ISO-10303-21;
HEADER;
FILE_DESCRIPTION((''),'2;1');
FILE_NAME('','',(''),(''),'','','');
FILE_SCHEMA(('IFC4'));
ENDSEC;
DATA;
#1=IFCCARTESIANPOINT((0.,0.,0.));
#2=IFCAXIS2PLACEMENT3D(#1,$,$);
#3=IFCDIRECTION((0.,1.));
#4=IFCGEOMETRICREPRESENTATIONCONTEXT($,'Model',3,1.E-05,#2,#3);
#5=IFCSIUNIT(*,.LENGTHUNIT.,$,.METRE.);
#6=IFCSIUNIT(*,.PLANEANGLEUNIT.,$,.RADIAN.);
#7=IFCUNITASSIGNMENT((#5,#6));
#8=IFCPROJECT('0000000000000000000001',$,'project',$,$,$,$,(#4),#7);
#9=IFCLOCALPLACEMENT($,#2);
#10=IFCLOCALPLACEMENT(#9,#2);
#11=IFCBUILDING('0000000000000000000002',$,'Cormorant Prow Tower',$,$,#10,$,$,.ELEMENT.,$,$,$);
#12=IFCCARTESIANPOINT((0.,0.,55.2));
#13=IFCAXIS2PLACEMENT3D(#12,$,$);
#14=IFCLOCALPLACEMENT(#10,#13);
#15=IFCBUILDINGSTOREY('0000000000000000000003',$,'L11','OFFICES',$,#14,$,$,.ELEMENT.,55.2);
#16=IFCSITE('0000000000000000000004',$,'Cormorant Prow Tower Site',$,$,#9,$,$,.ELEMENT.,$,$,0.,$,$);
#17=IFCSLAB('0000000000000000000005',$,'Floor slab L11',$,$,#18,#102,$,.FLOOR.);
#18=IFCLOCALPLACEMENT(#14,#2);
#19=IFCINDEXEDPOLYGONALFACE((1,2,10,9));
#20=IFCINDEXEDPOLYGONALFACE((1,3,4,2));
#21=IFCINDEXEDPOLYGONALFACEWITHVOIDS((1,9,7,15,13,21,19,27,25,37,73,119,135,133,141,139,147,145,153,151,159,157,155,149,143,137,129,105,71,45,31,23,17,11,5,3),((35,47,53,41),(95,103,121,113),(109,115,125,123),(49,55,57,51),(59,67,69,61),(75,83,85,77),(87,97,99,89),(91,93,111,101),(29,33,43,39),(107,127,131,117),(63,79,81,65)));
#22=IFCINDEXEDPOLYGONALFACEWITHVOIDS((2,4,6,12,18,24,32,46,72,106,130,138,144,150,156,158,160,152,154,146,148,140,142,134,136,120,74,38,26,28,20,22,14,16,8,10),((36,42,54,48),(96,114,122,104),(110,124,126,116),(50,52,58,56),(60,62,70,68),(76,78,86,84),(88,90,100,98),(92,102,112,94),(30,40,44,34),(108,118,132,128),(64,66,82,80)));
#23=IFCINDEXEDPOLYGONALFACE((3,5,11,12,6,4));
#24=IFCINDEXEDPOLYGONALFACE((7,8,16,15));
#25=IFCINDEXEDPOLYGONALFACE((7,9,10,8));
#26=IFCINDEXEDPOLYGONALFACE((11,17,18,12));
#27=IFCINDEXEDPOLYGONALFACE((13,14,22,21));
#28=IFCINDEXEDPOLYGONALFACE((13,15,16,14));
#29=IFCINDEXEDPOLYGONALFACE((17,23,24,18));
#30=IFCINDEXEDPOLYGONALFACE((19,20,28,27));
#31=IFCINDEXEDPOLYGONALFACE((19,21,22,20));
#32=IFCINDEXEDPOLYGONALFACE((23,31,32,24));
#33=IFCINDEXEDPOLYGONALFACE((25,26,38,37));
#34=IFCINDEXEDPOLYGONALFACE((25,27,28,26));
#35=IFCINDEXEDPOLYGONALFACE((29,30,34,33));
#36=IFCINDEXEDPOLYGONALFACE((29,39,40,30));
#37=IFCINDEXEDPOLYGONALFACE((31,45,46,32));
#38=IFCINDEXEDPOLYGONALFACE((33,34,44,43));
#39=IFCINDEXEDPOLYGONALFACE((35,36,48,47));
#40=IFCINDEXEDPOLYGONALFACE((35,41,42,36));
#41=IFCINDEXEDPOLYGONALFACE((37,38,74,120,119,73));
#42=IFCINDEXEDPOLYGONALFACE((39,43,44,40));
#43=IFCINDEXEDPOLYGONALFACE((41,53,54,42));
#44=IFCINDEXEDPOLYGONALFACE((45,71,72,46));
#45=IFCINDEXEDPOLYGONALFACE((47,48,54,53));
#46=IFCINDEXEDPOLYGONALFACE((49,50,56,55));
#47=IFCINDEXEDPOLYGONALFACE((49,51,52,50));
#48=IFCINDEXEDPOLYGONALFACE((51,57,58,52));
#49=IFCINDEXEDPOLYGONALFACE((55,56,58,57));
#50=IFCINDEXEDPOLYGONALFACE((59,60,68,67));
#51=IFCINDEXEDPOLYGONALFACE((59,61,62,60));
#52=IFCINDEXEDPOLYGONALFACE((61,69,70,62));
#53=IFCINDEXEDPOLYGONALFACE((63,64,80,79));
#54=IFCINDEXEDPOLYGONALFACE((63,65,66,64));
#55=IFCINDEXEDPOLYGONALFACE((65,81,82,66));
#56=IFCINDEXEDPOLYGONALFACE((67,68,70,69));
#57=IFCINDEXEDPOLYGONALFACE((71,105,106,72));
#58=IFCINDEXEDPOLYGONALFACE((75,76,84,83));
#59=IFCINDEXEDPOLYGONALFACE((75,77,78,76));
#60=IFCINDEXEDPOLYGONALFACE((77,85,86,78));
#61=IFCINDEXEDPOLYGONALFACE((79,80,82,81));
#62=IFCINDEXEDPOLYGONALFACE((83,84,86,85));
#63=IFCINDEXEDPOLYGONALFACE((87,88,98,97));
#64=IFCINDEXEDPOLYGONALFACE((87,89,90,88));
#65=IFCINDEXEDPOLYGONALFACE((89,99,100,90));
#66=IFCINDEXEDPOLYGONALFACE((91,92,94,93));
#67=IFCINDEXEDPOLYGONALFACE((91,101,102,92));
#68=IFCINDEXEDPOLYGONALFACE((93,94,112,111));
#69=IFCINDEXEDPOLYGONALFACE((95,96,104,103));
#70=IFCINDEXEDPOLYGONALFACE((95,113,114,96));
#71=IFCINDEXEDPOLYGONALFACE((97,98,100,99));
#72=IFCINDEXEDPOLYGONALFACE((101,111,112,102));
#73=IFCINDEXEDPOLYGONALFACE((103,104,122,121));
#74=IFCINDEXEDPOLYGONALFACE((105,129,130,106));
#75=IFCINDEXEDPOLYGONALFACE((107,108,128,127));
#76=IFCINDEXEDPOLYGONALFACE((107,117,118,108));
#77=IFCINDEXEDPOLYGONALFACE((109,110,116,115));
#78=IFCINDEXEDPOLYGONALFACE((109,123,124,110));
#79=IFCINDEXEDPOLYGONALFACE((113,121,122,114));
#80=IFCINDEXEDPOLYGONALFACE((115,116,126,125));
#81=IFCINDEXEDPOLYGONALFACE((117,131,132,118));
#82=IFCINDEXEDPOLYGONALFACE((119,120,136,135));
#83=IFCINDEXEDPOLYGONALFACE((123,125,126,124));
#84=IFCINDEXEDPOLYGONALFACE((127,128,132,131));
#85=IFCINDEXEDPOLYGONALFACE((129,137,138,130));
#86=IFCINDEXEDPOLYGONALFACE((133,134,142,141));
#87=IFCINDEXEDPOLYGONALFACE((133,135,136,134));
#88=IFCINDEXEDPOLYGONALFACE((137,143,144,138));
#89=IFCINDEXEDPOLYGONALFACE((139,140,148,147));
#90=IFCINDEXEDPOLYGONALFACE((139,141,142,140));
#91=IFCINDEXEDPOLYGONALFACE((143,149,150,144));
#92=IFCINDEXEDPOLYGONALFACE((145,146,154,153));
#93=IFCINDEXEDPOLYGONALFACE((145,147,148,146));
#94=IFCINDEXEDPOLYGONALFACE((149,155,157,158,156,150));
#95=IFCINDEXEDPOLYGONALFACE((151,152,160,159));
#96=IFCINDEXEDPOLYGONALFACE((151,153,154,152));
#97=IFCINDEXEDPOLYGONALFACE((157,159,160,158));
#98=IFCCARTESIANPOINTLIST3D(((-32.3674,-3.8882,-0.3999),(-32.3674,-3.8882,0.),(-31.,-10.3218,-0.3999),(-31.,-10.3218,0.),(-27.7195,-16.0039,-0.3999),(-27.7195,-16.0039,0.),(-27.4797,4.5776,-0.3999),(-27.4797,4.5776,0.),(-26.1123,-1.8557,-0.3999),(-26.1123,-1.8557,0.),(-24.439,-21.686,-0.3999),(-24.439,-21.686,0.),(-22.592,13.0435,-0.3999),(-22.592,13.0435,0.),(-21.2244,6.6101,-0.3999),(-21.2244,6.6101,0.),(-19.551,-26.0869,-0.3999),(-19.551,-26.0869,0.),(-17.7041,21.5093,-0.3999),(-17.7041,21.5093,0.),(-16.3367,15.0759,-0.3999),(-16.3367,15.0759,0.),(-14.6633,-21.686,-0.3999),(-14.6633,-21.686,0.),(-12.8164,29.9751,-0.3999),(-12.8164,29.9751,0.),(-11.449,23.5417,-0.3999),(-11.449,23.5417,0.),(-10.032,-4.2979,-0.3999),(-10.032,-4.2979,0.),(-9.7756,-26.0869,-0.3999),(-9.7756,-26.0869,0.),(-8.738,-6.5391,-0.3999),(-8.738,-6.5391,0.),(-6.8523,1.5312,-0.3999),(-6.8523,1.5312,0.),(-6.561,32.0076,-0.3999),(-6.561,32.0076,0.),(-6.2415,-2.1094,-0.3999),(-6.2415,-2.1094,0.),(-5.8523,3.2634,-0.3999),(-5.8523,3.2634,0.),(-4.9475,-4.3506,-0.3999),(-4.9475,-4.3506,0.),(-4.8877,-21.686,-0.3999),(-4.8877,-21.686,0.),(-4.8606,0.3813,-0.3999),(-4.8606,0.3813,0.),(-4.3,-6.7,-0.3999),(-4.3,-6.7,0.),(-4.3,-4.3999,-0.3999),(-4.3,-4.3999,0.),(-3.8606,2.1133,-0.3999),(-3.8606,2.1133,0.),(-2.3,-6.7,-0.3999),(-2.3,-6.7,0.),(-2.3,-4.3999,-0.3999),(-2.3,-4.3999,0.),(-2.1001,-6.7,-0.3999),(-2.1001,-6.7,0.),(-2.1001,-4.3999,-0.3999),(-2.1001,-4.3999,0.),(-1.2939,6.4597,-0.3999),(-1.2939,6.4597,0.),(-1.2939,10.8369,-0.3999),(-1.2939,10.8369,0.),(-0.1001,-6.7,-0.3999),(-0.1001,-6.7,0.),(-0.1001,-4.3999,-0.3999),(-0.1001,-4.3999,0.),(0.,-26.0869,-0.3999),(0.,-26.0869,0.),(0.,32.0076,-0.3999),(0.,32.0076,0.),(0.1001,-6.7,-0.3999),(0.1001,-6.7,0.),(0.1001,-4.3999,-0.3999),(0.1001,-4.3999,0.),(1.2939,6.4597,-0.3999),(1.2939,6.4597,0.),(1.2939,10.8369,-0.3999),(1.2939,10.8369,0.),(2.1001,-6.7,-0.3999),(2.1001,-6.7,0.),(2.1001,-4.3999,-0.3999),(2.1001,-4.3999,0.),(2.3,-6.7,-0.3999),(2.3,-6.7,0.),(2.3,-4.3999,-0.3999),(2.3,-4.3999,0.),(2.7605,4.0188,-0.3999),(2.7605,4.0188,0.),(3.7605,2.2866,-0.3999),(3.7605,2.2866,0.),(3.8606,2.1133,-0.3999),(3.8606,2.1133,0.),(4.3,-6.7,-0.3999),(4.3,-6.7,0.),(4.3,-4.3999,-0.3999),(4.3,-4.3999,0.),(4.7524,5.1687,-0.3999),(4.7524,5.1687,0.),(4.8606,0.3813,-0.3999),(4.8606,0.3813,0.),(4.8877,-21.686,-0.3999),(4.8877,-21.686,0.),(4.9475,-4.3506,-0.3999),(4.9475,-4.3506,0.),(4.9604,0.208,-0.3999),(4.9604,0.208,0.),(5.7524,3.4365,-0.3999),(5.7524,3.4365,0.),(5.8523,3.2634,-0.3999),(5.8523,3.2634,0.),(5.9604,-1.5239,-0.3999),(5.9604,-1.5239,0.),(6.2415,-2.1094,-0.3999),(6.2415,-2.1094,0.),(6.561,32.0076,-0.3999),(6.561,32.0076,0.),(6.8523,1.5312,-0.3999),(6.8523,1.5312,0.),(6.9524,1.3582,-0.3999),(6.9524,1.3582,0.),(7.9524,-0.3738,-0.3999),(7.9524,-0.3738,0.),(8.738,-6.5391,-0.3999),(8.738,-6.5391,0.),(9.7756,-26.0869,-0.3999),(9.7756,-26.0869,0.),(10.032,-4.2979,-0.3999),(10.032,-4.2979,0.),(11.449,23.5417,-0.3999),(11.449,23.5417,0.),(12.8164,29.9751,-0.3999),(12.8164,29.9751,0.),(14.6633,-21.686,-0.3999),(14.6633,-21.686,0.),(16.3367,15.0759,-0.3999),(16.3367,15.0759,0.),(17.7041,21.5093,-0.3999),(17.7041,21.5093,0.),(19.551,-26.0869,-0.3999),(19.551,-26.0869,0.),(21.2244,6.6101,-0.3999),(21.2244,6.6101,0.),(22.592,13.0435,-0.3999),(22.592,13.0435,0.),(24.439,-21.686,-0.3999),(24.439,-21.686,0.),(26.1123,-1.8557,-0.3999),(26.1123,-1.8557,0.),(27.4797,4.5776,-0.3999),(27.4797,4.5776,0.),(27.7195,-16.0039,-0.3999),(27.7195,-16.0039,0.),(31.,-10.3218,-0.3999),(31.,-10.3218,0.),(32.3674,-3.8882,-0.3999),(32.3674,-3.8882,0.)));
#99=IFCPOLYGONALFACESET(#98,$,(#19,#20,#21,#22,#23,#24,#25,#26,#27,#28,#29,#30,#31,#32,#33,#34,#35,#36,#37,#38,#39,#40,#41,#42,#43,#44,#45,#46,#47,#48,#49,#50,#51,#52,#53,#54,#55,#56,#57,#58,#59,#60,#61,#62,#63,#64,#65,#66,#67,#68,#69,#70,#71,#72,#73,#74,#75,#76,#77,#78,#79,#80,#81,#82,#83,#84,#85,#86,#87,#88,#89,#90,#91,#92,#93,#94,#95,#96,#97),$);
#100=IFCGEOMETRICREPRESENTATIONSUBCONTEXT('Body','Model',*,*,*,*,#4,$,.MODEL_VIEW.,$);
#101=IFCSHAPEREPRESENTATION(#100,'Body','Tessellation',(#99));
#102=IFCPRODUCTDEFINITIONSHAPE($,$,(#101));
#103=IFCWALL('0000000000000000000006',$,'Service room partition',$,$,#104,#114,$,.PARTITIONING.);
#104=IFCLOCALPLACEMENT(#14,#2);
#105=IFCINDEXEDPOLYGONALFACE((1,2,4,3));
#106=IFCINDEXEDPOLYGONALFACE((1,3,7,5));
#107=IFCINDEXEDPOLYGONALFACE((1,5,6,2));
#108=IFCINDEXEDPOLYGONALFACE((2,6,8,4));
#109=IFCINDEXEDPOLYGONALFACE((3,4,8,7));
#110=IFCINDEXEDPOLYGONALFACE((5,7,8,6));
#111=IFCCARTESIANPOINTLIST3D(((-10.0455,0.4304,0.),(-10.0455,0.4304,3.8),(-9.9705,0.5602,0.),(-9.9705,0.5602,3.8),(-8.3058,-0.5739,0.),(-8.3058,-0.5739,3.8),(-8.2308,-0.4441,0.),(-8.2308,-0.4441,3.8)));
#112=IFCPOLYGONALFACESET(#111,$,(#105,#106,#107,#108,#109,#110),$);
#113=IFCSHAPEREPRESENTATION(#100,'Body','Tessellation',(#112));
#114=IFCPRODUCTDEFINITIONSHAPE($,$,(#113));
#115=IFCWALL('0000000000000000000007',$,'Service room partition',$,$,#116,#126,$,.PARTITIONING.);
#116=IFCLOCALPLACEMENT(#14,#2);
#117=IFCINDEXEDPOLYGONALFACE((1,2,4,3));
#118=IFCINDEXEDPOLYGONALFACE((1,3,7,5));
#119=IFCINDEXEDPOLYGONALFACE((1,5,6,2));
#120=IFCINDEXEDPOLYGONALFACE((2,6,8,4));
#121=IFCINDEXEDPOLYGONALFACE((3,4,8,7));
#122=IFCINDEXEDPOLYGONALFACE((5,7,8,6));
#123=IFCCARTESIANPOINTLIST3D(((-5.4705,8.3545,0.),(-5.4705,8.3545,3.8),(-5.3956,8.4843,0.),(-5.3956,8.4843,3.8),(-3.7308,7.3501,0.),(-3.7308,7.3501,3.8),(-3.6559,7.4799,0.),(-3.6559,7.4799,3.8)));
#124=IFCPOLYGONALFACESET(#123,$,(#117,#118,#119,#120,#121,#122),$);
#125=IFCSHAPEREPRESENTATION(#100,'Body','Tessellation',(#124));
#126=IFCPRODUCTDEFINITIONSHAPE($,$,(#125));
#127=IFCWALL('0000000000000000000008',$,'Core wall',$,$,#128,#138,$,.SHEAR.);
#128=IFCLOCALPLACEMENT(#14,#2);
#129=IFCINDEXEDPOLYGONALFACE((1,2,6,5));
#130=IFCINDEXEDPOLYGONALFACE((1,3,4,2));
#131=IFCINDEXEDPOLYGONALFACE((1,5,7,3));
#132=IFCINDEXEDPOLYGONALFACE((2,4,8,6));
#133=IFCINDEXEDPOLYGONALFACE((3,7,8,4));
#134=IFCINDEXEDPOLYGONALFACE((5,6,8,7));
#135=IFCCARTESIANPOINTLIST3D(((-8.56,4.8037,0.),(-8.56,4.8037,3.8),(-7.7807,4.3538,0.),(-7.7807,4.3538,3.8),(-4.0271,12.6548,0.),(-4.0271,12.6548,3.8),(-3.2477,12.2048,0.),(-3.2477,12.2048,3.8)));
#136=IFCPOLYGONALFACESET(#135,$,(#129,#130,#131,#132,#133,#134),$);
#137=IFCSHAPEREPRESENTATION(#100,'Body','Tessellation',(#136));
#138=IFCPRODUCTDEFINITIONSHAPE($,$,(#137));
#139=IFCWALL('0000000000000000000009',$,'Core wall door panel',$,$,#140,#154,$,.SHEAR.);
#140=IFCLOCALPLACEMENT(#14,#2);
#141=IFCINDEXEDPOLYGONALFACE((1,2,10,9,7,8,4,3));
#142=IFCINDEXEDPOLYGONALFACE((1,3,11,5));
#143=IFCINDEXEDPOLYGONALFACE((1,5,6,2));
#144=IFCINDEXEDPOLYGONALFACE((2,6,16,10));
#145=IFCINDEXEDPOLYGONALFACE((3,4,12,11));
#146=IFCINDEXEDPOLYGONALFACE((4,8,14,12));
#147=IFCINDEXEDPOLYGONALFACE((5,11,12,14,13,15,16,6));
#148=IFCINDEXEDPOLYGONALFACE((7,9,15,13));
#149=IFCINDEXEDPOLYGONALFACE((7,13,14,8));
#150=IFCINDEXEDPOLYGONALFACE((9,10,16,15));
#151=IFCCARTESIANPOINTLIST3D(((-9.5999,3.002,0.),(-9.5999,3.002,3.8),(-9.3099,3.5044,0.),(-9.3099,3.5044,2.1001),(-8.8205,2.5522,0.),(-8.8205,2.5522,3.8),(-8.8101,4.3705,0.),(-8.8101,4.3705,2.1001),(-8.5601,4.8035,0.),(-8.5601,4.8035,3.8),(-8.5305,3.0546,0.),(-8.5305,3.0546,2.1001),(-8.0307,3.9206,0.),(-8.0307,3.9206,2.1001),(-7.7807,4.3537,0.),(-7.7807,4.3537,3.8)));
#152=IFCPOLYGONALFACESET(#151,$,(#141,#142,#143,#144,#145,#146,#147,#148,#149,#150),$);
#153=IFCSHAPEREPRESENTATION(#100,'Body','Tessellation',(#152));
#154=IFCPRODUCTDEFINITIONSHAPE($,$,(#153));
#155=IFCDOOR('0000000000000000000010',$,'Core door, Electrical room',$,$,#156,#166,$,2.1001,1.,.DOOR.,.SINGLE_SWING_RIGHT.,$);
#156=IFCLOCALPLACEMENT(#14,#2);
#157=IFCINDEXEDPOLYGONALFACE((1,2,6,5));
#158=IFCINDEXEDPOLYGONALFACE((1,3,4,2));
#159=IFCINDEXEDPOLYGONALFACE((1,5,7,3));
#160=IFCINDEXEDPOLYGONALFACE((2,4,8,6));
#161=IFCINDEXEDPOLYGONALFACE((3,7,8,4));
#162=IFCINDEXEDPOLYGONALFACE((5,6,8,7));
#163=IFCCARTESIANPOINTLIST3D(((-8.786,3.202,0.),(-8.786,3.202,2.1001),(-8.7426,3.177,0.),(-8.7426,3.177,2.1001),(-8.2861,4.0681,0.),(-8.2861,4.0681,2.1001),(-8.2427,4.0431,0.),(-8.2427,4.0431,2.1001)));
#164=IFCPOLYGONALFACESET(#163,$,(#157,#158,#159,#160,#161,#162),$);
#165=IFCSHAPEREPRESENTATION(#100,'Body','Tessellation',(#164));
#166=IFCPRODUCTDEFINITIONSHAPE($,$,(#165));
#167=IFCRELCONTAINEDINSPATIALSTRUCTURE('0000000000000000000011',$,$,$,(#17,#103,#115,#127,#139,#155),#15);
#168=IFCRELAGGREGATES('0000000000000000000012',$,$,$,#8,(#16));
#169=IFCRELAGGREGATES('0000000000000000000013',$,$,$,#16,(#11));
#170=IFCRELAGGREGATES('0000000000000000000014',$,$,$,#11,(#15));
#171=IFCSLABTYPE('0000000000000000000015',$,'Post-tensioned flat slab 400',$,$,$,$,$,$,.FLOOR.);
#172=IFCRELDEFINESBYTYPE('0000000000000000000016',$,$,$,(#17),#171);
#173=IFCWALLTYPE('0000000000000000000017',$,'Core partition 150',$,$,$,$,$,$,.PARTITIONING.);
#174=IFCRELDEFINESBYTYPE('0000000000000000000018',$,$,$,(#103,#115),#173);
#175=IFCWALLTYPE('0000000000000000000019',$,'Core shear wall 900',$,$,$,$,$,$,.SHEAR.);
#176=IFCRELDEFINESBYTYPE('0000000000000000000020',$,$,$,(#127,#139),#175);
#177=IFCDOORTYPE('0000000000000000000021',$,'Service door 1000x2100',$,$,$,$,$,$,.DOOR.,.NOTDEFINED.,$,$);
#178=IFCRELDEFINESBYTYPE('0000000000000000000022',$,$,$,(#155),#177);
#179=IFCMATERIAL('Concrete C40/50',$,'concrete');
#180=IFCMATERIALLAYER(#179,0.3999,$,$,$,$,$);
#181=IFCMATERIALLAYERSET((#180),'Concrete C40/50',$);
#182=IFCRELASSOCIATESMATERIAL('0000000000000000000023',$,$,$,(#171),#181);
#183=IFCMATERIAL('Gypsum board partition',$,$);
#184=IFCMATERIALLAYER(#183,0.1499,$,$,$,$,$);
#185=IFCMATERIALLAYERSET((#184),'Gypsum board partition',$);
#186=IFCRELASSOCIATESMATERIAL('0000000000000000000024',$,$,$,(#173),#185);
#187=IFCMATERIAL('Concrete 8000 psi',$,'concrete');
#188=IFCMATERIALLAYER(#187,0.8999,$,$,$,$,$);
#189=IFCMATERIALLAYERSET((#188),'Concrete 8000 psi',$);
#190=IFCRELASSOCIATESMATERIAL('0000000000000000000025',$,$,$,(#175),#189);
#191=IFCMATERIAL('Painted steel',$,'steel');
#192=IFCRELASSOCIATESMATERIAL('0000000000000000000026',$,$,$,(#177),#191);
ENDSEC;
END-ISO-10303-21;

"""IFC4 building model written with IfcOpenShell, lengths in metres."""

from ifc_helpers import new_model, si_unit, direction, frame, frame_2d, origin, place, context, subcontext, project, spatial, polyline, rectangle, outline, extrude, material, layer, layer_set, type_object, element, fill, save


model = new_model("IFC4")

# Units and contexts
model_context = context("Model", 3, precision=1e-05, world=origin(), true_north=direction((0.0, 1.0)))
body_context = subcontext(model_context, "Body", "Model", "MODEL_VIEW")
ifc_project = project(units=[si_unit("LENGTHUNIT", "METRE"), si_unit("PLANEANGLEUNIT", "RADIAN")], contexts=[model_context])

# Site, building, storey
site_placement = place(None, origin())
site = spatial("IfcSite", under=ifc_project, at=site_placement, Name="Cormorant Prow Tower Site", CompositionType="ELEMENT", RefElevation=0.0)
building_placement = place(site_placement, origin())
building = spatial("IfcBuilding", under=site, at=building_placement, Name="Cormorant Prow Tower", CompositionType="ELEMENT")
storey_placement = place(building_placement, frame((0.0, 0.0, 55.2)))
storey = spatial("IfcBuildingStorey", under=building, at=storey_placement, Name="L11", Description="OFFICES", CompositionType="ELEMENT", Elevation=55.2)

# Slab
ifc_material_1 = material(Name="Concrete C40/50", Category="concrete")
ifc_layer_1 = layer(ifc_material_1, 0.3999)
ifc_layer_set_1 = layer_set([ifc_layer_1], Name="Concrete C40/50")
slab_type_1 = type_object("IfcSlabType", Name="Post-tensioned flat slab 400", PredefinedType="FLOOR", material=ifc_layer_set_1)
slab_1_placement = place(storey_placement, frame((0.0, 0.0, -0.3999)))
element("IfcSlab", 1, at=slab_1_placement, inside=storey, type_object=slab_type_1, Name="Floor slab L11", PredefinedType="FLOOR", context=body_context, shape_type="SweptSolid", body=[
    extrude(outline(polyline([(-12.8164, 29.9751), (-11.449, 23.5417), (-17.7041, 21.5093), (-16.3367, 15.0759), (-22.592, 13.0435), (-21.2244, 6.6101), (-27.4797, 4.5776), (-26.1123, -1.8557), (-32.3674, -3.8882), (-31.0, -10.3218), (-27.7195, -16.0039), (-24.439, -21.686), (-19.551, -26.0869), (-14.6633, -21.686), (-9.7756, -26.0869), (-4.8877, -21.686), (0.0, -26.0869), (4.8877, -21.686), (9.7756, -26.0869), (14.6633, -21.686), (19.551, -26.0869), (24.439, -21.686), (27.7195, -16.0039), (31.0, -10.3218), (32.3674, -3.8882), (26.1123, -1.8557), (27.4797, 4.5776), (21.2244, 6.6101), (22.592, 13.0435), (16.3367, 15.0759), (17.7041, 21.5093), (11.449, 23.5417), (12.8164, 29.9751), (6.561, 32.0076), (0.0, 32.0076), (-6.561, 32.0076), (-12.8164, 29.9751)]), holes=[polyline([(-4.3, -6.7), (-4.3, -4.3999), (-2.3, -4.3999), (-2.3, -6.7), (-4.3, -6.7)]), polyline([(-2.1001, -4.3999), (-0.1001, -4.3999), (-0.1001, -6.7), (-2.1001, -6.7), (-2.1001, -4.3999)]), polyline([(2.1001, -4.3999), (2.1001, -6.7), (0.1001, -6.7), (0.1001, -4.3999), (2.1001, -4.3999)]), polyline([(4.3, -6.7), (2.3, -6.7), (2.3, -4.3999), (4.3, -4.3999), (4.3, -6.7)]), polyline([(7.9524, -0.3738), (5.9604, -1.5239), (4.9604, 0.208), (6.9524, 1.3582), (7.9524, -0.3738)]), polyline([(4.8606, 0.3813), (3.8606, 2.1133), (5.8523, 3.2634), (6.8523, 1.5312), (4.8606, 0.3813)]), polyline([(2.7605, 4.0188), (4.7524, 5.1687), (5.7524, 3.4365), (3.7605, 2.2866), (2.7605, 4.0188)]), polyline([(-6.8523, 1.5312), (-5.8523, 3.2634), (-3.8606, 2.1133), (-4.8606, 0.3813), (-6.8523, 1.5312)]), polyline([(-4.9475, -4.3506), (-8.738, -6.5391), (-10.032, -4.2979), (-6.2415, -2.1094), (-4.9475, -4.3506)]), polyline([(10.032, -4.2979), (8.738, -6.5391), (4.9475, -4.3506), (6.2415, -2.1094), (10.032, -4.2979)]), polyline([(1.2939, 10.8369), (1.2939, 6.4597), (-1.2939, 6.4597), (-1.2939, 10.8369), (1.2939, 10.8369)])]), origin(), (0.0, 0.0, 1.0), 0.3999),
])

# Walls
ifc_material_2 = material(Name="Gypsum board partition")
ifc_layer_2 = layer(ifc_material_2, 0.1499)
ifc_layer_set_2 = layer_set([ifc_layer_2], Name="Gypsum board partition")
wall_type_1 = type_object("IfcWallType", Name="Core partition 150", PredefinedType="PARTITIONING", material=ifc_layer_set_2)
for number, where, z_axis, x_axis, name in (
    (2, (-8.2683, -0.509, 0.0), (0.0, 0.0, 1.0), (-0.866036, 0.499982, 0.0), "Service room partition"),
    (3, (-3.6934, 7.415, 0.0), (0.0, 0.0, 1.0), (-0.866036, 0.499982, 0.0), "Service room partition"),
):
    element("IfcWall", number, at=place(storey_placement, frame(where, z_axis=z_axis, x_axis=x_axis)), inside=storey, type_object=wall_type_1, Name=name, PredefinedType="PARTITIONING", context=body_context, shape_type="SweptSolid", body=[
        extrude(rectangle(XDim=2.0088, YDim=0.1499, at=frame_2d((1.0044, 0.0))), origin(), (0.0, 0.0, 1.0), 3.8),
    ])
ifc_material_3 = material(Name="Concrete 8000 psi", Category="concrete")
ifc_layer_3 = layer(ifc_material_3, 0.8999)
ifc_layer_set_3 = layer_set([ifc_layer_3], Name="Concrete 8000 psi")
wall_type_2 = type_object("IfcWallType", Name="Core shear wall 900", PredefinedType="SHEAR", material=ifc_layer_set_3)
wall_1_placement = place(storey_placement, frame((-3.6375, 12.4297, 0.0), z_axis=(0.0, 0.0, 1.0), x_axis=(-0.500012, -0.866019, 0.0)))
element("IfcWall", 4, at=wall_1_placement, inside=storey, type_object=wall_type_2, Name="Core wall", PredefinedType="SHEAR", context=body_context, shape_type="SweptSolid", body=[
    extrude(rectangle(XDim=9.0657, YDim=0.8999, at=frame_2d((4.5327, 0.0))), origin(), (0.0, 0.0, 1.0), 3.8),
])

# Wall, opening, door
wall_2_placement = place(storey_placement, frame((-8.1704, 4.5786, 0.0), z_axis=(0.0, 0.0, 1.0), x_axis=(-0.499888, -0.86609, 0.0)))
wall_2 = element("IfcWall", 5, at=wall_2_placement, inside=storey, type_object=wall_type_2, Name="Core wall door panel", PredefinedType="SHEAR", context=body_context, shape_type="SweptSolid", body=[
    extrude(rectangle(XDim=2.0801, YDim=0.8999, at=frame_2d((1.04, 0.0))), origin(), (0.0, 0.0, 1.0), 3.8),
])
opening_1_placement = place(wall_2_placement, frame((0.5, 0.0, 0.0)))
opening_1 = element("IfcOpeningElement", 6, at=opening_1_placement, cuts=wall_2, PredefinedType="OPENING", context=body_context, shape_type="SweptSolid", body=[
    extrude(rectangle(XDim=1.0, YDim=2.1001, at=frame_2d((0.5, 1.05))), frame((0.0, 0.46, 0.0), z_axis=(0.0, -1.0, 0.0), x_axis=(1.0, 0.0, 0.0)), (0.0, 0.0, 1.0), 0.9199),
])
ifc_material_4 = material(Name="Painted steel", Category="steel")
door_type_1 = type_object("IfcDoorType", Name="Service door 1000x2100", OperationType="NOTDEFINED", PredefinedType="DOOR", material=ifc_material_4)
door_1_placement = place(opening_1_placement, origin())
door_1 = element("IfcDoor", 7, at=door_1_placement, inside=storey, type_object=door_type_1, Name="Core door, Electrical room", OperationType="SINGLE_SWING_RIGHT", OverallHeight=2.1001, OverallWidth=1.0, PredefinedType="DOOR", context=body_context, shape_type="SweptSolid", body=[
    extrude(rectangle(XDim=1.0, YDim=2.1001, at=frame_2d((0.5, 1.05))), frame((0.0, 0.2051, 0.0), z_axis=(0.0, -1.0, 0.0), x_axis=(1.0, 0.0, 0.0)), (0.0, 0.0, 1.0), 0.05),
])
fill(opening_1, door_1)

save(model, "model.ifc")
